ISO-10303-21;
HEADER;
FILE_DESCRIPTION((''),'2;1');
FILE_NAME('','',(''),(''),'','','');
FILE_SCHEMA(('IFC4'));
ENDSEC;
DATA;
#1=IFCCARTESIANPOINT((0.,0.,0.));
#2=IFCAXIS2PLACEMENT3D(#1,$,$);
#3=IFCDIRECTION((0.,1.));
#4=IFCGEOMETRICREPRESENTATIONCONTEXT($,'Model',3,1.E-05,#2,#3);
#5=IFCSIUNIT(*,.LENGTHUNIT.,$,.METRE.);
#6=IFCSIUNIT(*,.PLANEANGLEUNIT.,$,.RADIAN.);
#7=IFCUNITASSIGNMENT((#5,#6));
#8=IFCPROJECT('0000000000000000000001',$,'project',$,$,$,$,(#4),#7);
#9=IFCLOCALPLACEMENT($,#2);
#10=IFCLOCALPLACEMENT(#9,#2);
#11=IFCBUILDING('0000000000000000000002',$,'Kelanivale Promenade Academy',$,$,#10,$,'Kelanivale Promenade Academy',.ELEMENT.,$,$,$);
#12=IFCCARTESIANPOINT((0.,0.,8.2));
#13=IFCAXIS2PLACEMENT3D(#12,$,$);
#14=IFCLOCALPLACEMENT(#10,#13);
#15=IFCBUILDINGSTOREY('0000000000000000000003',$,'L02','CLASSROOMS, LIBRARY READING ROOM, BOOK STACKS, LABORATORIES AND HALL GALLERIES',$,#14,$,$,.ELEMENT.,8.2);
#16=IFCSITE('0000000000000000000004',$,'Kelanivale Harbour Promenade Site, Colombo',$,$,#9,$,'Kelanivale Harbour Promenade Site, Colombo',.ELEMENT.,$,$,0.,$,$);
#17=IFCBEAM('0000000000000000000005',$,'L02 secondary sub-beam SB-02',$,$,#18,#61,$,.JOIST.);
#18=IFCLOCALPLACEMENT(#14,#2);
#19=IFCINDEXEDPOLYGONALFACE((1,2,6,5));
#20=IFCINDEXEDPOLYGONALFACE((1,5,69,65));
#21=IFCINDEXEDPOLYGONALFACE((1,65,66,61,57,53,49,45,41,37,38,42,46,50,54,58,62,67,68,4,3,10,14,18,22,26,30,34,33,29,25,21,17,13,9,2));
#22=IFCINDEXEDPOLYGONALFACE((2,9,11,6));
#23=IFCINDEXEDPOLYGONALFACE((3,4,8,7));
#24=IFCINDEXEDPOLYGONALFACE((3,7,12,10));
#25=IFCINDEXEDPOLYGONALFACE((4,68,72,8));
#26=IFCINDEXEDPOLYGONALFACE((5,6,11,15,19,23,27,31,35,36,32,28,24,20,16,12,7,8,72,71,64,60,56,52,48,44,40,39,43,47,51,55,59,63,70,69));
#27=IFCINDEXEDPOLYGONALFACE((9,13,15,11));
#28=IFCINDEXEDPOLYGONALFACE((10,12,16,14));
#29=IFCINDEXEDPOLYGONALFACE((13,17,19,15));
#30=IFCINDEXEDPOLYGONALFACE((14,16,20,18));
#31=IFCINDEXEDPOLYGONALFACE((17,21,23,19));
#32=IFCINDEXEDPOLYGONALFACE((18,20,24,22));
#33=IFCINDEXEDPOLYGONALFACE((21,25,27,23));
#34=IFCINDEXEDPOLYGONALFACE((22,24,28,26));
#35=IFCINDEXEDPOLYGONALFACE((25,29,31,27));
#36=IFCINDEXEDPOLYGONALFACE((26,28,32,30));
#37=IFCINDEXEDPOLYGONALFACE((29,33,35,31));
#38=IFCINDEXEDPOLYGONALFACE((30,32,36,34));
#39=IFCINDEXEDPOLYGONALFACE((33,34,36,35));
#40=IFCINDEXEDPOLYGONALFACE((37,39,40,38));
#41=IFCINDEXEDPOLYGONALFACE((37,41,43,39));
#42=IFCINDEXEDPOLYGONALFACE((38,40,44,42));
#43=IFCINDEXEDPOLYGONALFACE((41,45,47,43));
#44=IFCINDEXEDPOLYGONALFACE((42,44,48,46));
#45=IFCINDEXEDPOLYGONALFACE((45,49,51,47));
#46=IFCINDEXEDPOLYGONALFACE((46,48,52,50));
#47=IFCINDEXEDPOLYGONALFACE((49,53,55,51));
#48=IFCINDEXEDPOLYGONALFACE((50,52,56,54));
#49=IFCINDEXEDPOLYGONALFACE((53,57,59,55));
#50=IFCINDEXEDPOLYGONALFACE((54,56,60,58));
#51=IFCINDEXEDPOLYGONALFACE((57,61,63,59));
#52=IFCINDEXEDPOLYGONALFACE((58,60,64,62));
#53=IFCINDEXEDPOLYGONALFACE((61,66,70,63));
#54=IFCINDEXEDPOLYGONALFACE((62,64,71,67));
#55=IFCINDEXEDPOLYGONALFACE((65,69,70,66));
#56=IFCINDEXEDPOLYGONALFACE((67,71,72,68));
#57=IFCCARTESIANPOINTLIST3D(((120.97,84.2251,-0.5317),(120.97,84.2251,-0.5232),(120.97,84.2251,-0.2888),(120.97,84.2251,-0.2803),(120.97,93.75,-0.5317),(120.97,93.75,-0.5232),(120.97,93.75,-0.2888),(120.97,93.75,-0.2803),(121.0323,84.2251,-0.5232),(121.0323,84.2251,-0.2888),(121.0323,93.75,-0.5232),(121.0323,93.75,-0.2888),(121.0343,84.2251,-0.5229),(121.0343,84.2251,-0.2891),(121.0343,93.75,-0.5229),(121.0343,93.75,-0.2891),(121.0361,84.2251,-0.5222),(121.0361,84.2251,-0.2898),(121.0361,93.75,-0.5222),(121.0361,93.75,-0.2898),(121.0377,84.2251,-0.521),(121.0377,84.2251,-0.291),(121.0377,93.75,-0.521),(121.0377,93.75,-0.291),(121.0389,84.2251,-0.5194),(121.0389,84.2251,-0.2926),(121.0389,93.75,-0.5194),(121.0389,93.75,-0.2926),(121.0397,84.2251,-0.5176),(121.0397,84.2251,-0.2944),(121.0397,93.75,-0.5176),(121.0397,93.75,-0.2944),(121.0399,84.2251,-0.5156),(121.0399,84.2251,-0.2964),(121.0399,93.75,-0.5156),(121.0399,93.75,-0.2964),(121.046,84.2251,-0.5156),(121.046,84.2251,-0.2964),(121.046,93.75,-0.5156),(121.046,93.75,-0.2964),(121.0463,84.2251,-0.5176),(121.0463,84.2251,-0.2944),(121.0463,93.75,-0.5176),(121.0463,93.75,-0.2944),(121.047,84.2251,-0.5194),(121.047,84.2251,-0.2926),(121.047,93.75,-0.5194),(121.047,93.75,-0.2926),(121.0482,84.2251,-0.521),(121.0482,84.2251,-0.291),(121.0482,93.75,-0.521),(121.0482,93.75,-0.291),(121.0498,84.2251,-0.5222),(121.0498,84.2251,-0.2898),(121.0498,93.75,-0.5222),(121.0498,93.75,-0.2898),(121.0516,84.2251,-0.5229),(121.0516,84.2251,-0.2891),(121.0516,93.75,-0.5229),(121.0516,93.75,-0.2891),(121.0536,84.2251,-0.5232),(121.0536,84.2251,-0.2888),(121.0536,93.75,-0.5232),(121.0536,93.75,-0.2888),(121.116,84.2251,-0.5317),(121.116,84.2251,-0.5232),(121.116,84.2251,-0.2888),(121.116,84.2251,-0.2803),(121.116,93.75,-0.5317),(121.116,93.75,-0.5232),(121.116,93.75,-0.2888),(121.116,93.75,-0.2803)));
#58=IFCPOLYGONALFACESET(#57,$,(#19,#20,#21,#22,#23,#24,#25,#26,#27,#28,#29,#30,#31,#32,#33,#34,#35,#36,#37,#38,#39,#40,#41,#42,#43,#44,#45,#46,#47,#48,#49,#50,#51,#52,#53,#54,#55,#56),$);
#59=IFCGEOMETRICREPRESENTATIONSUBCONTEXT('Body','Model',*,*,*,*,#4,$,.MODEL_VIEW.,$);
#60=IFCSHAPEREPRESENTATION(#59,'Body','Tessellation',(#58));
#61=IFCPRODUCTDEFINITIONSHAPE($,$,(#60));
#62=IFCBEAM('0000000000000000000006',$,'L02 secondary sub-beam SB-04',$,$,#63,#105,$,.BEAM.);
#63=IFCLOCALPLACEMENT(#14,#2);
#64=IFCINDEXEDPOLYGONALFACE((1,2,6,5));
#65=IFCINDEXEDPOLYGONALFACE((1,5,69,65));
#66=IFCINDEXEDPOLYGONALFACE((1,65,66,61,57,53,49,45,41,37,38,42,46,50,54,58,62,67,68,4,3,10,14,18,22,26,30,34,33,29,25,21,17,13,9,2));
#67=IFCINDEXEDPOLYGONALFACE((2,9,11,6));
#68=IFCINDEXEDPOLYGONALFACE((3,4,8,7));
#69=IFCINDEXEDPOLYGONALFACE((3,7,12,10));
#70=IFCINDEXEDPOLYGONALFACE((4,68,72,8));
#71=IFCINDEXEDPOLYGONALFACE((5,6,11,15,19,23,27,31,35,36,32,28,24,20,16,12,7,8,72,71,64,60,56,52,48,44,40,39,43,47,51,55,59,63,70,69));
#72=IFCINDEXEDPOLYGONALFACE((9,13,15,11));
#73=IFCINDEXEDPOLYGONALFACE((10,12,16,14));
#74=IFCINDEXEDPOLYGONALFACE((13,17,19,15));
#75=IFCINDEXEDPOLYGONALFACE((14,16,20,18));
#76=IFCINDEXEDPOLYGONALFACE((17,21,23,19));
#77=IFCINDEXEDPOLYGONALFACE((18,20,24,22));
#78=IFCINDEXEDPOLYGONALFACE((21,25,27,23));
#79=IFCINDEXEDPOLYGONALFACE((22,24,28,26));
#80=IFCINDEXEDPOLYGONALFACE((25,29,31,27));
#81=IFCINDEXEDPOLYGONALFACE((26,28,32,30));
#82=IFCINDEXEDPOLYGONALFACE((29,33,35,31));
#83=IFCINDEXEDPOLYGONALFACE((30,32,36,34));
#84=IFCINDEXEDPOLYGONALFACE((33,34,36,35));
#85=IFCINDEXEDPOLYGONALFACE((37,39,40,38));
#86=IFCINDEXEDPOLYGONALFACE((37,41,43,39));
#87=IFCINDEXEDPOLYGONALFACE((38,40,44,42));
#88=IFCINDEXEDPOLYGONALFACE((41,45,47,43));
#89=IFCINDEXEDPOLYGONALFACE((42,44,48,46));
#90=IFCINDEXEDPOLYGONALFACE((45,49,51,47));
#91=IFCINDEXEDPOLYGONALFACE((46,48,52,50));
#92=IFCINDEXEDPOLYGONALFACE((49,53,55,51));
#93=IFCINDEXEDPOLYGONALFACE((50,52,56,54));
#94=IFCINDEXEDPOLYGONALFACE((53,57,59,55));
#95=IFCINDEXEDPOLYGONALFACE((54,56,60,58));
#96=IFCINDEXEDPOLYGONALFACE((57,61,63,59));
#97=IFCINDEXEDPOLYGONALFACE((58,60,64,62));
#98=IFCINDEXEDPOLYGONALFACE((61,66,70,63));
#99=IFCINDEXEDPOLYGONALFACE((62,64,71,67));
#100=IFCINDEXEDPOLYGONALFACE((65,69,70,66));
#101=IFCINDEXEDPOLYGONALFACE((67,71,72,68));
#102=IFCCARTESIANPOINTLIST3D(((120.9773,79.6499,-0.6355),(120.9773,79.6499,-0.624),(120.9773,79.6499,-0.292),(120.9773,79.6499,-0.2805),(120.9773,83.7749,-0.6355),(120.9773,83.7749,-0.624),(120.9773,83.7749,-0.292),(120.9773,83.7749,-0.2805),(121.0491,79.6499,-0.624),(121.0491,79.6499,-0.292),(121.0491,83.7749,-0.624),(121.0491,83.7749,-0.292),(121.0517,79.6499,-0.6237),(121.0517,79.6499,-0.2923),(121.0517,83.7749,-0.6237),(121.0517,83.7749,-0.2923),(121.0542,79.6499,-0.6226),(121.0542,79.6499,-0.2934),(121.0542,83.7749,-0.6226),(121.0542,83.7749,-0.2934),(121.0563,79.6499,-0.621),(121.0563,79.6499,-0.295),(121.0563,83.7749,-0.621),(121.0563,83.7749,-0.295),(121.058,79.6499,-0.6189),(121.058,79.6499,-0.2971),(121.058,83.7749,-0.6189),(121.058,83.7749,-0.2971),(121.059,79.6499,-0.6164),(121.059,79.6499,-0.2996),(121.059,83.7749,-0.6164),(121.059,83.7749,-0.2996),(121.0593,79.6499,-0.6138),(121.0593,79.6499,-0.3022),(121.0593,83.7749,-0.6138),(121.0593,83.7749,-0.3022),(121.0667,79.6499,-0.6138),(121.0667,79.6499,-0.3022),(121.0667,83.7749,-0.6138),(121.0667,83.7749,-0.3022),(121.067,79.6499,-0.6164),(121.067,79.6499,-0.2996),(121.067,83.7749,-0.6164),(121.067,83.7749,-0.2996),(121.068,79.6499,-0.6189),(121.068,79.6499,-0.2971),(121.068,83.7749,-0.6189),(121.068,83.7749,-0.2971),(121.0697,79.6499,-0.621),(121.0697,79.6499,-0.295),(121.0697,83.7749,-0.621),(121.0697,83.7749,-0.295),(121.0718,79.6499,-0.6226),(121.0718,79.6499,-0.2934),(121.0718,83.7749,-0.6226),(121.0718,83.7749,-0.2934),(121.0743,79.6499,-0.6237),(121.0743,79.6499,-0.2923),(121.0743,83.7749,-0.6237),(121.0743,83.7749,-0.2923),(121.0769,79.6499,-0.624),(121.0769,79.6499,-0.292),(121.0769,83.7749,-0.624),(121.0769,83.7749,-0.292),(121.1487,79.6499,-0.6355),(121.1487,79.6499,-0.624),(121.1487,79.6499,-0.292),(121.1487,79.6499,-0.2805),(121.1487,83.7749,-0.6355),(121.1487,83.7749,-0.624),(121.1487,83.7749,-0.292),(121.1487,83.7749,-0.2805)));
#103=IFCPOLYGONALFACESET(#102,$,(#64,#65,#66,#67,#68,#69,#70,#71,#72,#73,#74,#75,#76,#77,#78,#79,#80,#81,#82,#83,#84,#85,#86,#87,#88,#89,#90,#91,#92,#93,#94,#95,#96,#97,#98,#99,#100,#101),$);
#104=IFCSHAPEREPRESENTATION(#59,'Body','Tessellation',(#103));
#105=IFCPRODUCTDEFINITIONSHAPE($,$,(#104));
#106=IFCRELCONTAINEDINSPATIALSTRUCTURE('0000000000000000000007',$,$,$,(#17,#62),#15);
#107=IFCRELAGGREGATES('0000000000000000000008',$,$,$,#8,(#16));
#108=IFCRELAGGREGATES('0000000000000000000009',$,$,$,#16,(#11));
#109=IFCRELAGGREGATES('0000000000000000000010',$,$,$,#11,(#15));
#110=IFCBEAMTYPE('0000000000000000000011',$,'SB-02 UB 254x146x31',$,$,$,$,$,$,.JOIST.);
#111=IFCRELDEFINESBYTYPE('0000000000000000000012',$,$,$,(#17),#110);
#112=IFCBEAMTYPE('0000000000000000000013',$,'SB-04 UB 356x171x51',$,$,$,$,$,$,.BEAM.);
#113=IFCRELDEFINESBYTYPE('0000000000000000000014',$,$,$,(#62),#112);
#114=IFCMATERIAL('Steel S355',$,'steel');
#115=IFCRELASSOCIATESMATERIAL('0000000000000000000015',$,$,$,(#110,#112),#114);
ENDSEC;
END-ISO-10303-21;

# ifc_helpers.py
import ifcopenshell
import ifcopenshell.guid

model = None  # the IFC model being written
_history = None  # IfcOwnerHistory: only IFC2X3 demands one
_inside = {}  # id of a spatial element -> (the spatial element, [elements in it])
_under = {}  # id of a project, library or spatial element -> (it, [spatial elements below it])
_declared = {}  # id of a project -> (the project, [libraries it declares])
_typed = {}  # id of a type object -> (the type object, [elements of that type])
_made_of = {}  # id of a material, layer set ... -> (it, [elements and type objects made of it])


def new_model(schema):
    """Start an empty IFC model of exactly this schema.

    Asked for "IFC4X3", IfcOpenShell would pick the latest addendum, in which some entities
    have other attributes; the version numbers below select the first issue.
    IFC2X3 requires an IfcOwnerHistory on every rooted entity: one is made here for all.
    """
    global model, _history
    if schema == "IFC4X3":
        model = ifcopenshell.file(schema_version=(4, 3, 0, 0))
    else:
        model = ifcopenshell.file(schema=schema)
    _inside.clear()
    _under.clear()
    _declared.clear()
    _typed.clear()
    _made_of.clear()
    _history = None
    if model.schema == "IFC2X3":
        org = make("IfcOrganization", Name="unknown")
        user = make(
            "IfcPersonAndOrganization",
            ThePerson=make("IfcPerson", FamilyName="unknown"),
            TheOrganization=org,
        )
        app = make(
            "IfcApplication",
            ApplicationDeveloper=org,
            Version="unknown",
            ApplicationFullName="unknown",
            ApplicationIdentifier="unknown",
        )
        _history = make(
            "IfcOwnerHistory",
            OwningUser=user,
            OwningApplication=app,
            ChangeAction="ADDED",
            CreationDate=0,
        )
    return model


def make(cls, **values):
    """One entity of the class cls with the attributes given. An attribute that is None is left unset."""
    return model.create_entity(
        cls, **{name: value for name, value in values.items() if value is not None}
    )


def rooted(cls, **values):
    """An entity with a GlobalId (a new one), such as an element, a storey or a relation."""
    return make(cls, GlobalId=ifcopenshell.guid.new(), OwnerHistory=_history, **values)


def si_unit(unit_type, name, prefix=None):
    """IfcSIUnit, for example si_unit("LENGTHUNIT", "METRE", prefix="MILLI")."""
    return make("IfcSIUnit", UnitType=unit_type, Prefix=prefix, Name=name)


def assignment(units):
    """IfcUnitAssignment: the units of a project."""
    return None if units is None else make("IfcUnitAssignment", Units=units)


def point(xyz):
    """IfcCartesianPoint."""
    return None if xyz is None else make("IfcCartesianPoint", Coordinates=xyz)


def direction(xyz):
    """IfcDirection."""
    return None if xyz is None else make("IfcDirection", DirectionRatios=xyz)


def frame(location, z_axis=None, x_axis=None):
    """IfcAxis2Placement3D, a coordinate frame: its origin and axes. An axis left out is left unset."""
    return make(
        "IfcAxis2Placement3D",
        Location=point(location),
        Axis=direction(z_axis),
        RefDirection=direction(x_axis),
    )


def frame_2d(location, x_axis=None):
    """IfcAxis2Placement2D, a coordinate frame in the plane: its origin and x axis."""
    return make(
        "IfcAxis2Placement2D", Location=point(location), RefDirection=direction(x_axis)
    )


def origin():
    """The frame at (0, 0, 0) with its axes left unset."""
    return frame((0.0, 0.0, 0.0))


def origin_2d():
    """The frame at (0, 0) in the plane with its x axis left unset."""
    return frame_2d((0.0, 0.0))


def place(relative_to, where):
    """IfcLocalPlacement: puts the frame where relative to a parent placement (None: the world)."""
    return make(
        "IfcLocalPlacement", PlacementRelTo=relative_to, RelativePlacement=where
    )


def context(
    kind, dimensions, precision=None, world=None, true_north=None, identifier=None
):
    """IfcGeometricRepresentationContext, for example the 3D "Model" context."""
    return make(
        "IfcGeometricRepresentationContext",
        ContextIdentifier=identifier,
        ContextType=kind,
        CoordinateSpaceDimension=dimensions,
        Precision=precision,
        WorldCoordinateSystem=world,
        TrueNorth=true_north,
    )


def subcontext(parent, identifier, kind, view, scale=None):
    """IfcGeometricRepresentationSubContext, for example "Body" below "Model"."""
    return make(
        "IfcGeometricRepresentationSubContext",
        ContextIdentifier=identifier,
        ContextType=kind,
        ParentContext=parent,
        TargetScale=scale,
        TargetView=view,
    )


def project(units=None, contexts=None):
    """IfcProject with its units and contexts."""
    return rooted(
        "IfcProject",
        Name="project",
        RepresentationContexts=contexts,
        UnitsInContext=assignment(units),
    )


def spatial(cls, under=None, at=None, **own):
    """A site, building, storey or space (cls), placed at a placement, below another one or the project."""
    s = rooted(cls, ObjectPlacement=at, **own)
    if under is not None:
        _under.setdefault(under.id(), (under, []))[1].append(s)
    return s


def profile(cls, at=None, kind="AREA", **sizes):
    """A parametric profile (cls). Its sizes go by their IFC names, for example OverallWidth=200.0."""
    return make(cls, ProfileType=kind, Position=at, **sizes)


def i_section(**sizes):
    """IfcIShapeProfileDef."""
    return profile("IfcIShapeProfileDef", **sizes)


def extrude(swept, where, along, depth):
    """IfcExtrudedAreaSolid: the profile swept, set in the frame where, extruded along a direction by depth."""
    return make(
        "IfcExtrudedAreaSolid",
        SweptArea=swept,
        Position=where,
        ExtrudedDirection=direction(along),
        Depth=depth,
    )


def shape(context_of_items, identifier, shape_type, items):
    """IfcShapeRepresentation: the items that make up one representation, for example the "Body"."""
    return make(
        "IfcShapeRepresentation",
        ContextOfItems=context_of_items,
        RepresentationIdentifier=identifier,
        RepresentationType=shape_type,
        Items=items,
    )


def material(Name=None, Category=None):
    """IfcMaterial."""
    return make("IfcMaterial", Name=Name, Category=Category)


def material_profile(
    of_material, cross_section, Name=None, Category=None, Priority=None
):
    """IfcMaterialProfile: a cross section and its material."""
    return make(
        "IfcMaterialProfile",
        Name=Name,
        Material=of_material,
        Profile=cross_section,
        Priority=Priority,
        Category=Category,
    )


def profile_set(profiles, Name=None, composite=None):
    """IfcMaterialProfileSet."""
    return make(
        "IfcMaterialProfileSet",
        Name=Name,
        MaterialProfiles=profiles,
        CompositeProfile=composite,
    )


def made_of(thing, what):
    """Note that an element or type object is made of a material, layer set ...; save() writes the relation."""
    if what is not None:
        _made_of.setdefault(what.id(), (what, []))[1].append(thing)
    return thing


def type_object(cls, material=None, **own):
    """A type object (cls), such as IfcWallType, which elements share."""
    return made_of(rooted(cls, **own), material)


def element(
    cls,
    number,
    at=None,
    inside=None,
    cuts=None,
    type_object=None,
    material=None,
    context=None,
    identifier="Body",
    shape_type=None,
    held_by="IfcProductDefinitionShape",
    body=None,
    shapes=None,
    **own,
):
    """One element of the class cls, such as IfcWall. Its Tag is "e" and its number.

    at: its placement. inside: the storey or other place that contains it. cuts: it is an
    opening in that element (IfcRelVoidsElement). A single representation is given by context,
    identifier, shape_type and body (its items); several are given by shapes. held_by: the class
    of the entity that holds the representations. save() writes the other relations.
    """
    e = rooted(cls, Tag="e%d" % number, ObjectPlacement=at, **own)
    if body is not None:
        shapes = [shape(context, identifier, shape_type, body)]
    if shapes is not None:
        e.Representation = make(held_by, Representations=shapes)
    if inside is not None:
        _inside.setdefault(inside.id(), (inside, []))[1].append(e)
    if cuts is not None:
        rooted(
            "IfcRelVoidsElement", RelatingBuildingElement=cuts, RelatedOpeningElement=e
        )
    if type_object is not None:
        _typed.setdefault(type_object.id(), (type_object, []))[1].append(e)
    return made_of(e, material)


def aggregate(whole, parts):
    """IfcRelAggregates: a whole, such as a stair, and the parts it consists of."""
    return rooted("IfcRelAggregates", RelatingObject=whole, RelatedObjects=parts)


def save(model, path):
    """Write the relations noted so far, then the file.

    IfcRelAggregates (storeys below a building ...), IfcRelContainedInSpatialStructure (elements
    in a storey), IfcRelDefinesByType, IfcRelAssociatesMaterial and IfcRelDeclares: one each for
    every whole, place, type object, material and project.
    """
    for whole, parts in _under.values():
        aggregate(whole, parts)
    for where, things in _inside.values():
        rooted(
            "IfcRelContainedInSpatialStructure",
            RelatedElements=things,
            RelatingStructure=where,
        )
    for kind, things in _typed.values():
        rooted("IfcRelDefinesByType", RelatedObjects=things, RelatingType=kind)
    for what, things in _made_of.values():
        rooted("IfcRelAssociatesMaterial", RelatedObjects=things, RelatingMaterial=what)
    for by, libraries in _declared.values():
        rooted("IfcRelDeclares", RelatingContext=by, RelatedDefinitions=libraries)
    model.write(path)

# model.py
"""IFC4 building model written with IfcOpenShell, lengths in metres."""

from ifc_helpers import new_model, si_unit, direction, frame, origin, origin_2d, place, context, subcontext, project, spatial, i_section, extrude, material, material_profile, profile_set, type_object, element, save


model = new_model("IFC4")

# Units and contexts
model_context = context("Model", 3, precision=1e-05, world=origin(), true_north=direction((0.0, 1.0)))
body_context = subcontext(model_context, "Body", "Model", "MODEL_VIEW")
ifc_project = project(units=[si_unit("LENGTHUNIT", "METRE"), si_unit("PLANEANGLEUNIT", "RADIAN")], contexts=[model_context])

# Site, building, storey
site_placement = place(None, origin())
site = spatial("IfcSite", under=ifc_project, at=site_placement, Name="Kelanivale Harbour Promenade Site, Colombo", LongName="Kelanivale Harbour Promenade Site, Colombo", CompositionType="ELEMENT", RefElevation=0.0)
building_placement = place(site_placement, origin())
building = spatial("IfcBuilding", under=site, at=building_placement, Name="Kelanivale Promenade Academy", LongName="Kelanivale Promenade Academy", CompositionType="ELEMENT")
storey_placement = place(building_placement, frame((0.0, 0.0, 8.2)))
storey = spatial("IfcBuildingStorey", under=building, at=storey_placement, Name="L02", Description="CLASSROOMS, LIBRARY READING ROOM, BOOK STACKS, LABORATORIES AND HALL GALLERIES", CompositionType="ELEMENT", Elevation=8.2)

# Beams
ifc_material_1 = material(Name="Steel S355", Category="steel")
ifc_material_profile_1 = material_profile(ifc_material_1, i_section(OverallWidth=0.146, OverallDepth=0.2515, WebThickness=0.0061, FlangeThickness=0.0085, FilletRadius=0.0076, at=origin_2d()), Name="UB 254x146x31")
ifc_profile_set_1 = profile_set([ifc_material_profile_1], Name="Steel S355")
beam_type_1 = type_object("IfcBeamType", Name="SB-02 UB 254x146x31", PredefinedType="JOIST", material=ifc_profile_set_1)
beam_1_placement = place(storey_placement, frame((121.043, 84.2251, -0.406), z_axis=(0.0, 1.0, 0.0), x_axis=(-1.0, 0.0, 0.0)))
element("IfcBeam", 1, at=beam_1_placement, inside=storey, type_object=beam_type_1, Name="L02 secondary sub-beam SB-02", PredefinedType="JOIST", context=body_context, shape_type="SweptSolid", body=[
    extrude(i_section(OverallWidth=0.146, OverallDepth=0.2515, WebThickness=0.0061, FlangeThickness=0.0085, FilletRadius=0.0076, at=origin_2d()), origin(), (0.0, 0.0, 1.0), 9.5249),
])
ifc_material_profile_2 = material_profile(ifc_material_1, i_section(OverallWidth=0.1714, OverallDepth=0.355, WebThickness=0.0073, FlangeThickness=0.0115, FilletRadius=0.0103, at=origin_2d()), Name="UB 356x171x51")
ifc_profile_set_2 = profile_set([ifc_material_profile_2], Name="Steel S355")
beam_type_2 = type_object("IfcBeamType", Name="SB-04 UB 356x171x51", PredefinedType="BEAM", material=ifc_profile_set_2)
beam_2_placement = place(storey_placement, frame((121.063, 79.6499, -0.458), z_axis=(0.0, 1.0, 0.0), x_axis=(-1.0, 0.0, 0.0)))
element("IfcBeam", 2, at=beam_2_placement, inside=storey, type_object=beam_type_2, Name="L02 secondary sub-beam SB-04", PredefinedType="BEAM", context=body_context, shape_type="SweptSolid", body=[
    extrude(i_section(OverallWidth=0.1714, OverallDepth=0.355, WebThickness=0.0073, FlangeThickness=0.0115, FilletRadius=0.0103, at=origin_2d()), origin(), (0.0, 0.0, 1.0), 4.125),
])

save(model, "model.ifc")
